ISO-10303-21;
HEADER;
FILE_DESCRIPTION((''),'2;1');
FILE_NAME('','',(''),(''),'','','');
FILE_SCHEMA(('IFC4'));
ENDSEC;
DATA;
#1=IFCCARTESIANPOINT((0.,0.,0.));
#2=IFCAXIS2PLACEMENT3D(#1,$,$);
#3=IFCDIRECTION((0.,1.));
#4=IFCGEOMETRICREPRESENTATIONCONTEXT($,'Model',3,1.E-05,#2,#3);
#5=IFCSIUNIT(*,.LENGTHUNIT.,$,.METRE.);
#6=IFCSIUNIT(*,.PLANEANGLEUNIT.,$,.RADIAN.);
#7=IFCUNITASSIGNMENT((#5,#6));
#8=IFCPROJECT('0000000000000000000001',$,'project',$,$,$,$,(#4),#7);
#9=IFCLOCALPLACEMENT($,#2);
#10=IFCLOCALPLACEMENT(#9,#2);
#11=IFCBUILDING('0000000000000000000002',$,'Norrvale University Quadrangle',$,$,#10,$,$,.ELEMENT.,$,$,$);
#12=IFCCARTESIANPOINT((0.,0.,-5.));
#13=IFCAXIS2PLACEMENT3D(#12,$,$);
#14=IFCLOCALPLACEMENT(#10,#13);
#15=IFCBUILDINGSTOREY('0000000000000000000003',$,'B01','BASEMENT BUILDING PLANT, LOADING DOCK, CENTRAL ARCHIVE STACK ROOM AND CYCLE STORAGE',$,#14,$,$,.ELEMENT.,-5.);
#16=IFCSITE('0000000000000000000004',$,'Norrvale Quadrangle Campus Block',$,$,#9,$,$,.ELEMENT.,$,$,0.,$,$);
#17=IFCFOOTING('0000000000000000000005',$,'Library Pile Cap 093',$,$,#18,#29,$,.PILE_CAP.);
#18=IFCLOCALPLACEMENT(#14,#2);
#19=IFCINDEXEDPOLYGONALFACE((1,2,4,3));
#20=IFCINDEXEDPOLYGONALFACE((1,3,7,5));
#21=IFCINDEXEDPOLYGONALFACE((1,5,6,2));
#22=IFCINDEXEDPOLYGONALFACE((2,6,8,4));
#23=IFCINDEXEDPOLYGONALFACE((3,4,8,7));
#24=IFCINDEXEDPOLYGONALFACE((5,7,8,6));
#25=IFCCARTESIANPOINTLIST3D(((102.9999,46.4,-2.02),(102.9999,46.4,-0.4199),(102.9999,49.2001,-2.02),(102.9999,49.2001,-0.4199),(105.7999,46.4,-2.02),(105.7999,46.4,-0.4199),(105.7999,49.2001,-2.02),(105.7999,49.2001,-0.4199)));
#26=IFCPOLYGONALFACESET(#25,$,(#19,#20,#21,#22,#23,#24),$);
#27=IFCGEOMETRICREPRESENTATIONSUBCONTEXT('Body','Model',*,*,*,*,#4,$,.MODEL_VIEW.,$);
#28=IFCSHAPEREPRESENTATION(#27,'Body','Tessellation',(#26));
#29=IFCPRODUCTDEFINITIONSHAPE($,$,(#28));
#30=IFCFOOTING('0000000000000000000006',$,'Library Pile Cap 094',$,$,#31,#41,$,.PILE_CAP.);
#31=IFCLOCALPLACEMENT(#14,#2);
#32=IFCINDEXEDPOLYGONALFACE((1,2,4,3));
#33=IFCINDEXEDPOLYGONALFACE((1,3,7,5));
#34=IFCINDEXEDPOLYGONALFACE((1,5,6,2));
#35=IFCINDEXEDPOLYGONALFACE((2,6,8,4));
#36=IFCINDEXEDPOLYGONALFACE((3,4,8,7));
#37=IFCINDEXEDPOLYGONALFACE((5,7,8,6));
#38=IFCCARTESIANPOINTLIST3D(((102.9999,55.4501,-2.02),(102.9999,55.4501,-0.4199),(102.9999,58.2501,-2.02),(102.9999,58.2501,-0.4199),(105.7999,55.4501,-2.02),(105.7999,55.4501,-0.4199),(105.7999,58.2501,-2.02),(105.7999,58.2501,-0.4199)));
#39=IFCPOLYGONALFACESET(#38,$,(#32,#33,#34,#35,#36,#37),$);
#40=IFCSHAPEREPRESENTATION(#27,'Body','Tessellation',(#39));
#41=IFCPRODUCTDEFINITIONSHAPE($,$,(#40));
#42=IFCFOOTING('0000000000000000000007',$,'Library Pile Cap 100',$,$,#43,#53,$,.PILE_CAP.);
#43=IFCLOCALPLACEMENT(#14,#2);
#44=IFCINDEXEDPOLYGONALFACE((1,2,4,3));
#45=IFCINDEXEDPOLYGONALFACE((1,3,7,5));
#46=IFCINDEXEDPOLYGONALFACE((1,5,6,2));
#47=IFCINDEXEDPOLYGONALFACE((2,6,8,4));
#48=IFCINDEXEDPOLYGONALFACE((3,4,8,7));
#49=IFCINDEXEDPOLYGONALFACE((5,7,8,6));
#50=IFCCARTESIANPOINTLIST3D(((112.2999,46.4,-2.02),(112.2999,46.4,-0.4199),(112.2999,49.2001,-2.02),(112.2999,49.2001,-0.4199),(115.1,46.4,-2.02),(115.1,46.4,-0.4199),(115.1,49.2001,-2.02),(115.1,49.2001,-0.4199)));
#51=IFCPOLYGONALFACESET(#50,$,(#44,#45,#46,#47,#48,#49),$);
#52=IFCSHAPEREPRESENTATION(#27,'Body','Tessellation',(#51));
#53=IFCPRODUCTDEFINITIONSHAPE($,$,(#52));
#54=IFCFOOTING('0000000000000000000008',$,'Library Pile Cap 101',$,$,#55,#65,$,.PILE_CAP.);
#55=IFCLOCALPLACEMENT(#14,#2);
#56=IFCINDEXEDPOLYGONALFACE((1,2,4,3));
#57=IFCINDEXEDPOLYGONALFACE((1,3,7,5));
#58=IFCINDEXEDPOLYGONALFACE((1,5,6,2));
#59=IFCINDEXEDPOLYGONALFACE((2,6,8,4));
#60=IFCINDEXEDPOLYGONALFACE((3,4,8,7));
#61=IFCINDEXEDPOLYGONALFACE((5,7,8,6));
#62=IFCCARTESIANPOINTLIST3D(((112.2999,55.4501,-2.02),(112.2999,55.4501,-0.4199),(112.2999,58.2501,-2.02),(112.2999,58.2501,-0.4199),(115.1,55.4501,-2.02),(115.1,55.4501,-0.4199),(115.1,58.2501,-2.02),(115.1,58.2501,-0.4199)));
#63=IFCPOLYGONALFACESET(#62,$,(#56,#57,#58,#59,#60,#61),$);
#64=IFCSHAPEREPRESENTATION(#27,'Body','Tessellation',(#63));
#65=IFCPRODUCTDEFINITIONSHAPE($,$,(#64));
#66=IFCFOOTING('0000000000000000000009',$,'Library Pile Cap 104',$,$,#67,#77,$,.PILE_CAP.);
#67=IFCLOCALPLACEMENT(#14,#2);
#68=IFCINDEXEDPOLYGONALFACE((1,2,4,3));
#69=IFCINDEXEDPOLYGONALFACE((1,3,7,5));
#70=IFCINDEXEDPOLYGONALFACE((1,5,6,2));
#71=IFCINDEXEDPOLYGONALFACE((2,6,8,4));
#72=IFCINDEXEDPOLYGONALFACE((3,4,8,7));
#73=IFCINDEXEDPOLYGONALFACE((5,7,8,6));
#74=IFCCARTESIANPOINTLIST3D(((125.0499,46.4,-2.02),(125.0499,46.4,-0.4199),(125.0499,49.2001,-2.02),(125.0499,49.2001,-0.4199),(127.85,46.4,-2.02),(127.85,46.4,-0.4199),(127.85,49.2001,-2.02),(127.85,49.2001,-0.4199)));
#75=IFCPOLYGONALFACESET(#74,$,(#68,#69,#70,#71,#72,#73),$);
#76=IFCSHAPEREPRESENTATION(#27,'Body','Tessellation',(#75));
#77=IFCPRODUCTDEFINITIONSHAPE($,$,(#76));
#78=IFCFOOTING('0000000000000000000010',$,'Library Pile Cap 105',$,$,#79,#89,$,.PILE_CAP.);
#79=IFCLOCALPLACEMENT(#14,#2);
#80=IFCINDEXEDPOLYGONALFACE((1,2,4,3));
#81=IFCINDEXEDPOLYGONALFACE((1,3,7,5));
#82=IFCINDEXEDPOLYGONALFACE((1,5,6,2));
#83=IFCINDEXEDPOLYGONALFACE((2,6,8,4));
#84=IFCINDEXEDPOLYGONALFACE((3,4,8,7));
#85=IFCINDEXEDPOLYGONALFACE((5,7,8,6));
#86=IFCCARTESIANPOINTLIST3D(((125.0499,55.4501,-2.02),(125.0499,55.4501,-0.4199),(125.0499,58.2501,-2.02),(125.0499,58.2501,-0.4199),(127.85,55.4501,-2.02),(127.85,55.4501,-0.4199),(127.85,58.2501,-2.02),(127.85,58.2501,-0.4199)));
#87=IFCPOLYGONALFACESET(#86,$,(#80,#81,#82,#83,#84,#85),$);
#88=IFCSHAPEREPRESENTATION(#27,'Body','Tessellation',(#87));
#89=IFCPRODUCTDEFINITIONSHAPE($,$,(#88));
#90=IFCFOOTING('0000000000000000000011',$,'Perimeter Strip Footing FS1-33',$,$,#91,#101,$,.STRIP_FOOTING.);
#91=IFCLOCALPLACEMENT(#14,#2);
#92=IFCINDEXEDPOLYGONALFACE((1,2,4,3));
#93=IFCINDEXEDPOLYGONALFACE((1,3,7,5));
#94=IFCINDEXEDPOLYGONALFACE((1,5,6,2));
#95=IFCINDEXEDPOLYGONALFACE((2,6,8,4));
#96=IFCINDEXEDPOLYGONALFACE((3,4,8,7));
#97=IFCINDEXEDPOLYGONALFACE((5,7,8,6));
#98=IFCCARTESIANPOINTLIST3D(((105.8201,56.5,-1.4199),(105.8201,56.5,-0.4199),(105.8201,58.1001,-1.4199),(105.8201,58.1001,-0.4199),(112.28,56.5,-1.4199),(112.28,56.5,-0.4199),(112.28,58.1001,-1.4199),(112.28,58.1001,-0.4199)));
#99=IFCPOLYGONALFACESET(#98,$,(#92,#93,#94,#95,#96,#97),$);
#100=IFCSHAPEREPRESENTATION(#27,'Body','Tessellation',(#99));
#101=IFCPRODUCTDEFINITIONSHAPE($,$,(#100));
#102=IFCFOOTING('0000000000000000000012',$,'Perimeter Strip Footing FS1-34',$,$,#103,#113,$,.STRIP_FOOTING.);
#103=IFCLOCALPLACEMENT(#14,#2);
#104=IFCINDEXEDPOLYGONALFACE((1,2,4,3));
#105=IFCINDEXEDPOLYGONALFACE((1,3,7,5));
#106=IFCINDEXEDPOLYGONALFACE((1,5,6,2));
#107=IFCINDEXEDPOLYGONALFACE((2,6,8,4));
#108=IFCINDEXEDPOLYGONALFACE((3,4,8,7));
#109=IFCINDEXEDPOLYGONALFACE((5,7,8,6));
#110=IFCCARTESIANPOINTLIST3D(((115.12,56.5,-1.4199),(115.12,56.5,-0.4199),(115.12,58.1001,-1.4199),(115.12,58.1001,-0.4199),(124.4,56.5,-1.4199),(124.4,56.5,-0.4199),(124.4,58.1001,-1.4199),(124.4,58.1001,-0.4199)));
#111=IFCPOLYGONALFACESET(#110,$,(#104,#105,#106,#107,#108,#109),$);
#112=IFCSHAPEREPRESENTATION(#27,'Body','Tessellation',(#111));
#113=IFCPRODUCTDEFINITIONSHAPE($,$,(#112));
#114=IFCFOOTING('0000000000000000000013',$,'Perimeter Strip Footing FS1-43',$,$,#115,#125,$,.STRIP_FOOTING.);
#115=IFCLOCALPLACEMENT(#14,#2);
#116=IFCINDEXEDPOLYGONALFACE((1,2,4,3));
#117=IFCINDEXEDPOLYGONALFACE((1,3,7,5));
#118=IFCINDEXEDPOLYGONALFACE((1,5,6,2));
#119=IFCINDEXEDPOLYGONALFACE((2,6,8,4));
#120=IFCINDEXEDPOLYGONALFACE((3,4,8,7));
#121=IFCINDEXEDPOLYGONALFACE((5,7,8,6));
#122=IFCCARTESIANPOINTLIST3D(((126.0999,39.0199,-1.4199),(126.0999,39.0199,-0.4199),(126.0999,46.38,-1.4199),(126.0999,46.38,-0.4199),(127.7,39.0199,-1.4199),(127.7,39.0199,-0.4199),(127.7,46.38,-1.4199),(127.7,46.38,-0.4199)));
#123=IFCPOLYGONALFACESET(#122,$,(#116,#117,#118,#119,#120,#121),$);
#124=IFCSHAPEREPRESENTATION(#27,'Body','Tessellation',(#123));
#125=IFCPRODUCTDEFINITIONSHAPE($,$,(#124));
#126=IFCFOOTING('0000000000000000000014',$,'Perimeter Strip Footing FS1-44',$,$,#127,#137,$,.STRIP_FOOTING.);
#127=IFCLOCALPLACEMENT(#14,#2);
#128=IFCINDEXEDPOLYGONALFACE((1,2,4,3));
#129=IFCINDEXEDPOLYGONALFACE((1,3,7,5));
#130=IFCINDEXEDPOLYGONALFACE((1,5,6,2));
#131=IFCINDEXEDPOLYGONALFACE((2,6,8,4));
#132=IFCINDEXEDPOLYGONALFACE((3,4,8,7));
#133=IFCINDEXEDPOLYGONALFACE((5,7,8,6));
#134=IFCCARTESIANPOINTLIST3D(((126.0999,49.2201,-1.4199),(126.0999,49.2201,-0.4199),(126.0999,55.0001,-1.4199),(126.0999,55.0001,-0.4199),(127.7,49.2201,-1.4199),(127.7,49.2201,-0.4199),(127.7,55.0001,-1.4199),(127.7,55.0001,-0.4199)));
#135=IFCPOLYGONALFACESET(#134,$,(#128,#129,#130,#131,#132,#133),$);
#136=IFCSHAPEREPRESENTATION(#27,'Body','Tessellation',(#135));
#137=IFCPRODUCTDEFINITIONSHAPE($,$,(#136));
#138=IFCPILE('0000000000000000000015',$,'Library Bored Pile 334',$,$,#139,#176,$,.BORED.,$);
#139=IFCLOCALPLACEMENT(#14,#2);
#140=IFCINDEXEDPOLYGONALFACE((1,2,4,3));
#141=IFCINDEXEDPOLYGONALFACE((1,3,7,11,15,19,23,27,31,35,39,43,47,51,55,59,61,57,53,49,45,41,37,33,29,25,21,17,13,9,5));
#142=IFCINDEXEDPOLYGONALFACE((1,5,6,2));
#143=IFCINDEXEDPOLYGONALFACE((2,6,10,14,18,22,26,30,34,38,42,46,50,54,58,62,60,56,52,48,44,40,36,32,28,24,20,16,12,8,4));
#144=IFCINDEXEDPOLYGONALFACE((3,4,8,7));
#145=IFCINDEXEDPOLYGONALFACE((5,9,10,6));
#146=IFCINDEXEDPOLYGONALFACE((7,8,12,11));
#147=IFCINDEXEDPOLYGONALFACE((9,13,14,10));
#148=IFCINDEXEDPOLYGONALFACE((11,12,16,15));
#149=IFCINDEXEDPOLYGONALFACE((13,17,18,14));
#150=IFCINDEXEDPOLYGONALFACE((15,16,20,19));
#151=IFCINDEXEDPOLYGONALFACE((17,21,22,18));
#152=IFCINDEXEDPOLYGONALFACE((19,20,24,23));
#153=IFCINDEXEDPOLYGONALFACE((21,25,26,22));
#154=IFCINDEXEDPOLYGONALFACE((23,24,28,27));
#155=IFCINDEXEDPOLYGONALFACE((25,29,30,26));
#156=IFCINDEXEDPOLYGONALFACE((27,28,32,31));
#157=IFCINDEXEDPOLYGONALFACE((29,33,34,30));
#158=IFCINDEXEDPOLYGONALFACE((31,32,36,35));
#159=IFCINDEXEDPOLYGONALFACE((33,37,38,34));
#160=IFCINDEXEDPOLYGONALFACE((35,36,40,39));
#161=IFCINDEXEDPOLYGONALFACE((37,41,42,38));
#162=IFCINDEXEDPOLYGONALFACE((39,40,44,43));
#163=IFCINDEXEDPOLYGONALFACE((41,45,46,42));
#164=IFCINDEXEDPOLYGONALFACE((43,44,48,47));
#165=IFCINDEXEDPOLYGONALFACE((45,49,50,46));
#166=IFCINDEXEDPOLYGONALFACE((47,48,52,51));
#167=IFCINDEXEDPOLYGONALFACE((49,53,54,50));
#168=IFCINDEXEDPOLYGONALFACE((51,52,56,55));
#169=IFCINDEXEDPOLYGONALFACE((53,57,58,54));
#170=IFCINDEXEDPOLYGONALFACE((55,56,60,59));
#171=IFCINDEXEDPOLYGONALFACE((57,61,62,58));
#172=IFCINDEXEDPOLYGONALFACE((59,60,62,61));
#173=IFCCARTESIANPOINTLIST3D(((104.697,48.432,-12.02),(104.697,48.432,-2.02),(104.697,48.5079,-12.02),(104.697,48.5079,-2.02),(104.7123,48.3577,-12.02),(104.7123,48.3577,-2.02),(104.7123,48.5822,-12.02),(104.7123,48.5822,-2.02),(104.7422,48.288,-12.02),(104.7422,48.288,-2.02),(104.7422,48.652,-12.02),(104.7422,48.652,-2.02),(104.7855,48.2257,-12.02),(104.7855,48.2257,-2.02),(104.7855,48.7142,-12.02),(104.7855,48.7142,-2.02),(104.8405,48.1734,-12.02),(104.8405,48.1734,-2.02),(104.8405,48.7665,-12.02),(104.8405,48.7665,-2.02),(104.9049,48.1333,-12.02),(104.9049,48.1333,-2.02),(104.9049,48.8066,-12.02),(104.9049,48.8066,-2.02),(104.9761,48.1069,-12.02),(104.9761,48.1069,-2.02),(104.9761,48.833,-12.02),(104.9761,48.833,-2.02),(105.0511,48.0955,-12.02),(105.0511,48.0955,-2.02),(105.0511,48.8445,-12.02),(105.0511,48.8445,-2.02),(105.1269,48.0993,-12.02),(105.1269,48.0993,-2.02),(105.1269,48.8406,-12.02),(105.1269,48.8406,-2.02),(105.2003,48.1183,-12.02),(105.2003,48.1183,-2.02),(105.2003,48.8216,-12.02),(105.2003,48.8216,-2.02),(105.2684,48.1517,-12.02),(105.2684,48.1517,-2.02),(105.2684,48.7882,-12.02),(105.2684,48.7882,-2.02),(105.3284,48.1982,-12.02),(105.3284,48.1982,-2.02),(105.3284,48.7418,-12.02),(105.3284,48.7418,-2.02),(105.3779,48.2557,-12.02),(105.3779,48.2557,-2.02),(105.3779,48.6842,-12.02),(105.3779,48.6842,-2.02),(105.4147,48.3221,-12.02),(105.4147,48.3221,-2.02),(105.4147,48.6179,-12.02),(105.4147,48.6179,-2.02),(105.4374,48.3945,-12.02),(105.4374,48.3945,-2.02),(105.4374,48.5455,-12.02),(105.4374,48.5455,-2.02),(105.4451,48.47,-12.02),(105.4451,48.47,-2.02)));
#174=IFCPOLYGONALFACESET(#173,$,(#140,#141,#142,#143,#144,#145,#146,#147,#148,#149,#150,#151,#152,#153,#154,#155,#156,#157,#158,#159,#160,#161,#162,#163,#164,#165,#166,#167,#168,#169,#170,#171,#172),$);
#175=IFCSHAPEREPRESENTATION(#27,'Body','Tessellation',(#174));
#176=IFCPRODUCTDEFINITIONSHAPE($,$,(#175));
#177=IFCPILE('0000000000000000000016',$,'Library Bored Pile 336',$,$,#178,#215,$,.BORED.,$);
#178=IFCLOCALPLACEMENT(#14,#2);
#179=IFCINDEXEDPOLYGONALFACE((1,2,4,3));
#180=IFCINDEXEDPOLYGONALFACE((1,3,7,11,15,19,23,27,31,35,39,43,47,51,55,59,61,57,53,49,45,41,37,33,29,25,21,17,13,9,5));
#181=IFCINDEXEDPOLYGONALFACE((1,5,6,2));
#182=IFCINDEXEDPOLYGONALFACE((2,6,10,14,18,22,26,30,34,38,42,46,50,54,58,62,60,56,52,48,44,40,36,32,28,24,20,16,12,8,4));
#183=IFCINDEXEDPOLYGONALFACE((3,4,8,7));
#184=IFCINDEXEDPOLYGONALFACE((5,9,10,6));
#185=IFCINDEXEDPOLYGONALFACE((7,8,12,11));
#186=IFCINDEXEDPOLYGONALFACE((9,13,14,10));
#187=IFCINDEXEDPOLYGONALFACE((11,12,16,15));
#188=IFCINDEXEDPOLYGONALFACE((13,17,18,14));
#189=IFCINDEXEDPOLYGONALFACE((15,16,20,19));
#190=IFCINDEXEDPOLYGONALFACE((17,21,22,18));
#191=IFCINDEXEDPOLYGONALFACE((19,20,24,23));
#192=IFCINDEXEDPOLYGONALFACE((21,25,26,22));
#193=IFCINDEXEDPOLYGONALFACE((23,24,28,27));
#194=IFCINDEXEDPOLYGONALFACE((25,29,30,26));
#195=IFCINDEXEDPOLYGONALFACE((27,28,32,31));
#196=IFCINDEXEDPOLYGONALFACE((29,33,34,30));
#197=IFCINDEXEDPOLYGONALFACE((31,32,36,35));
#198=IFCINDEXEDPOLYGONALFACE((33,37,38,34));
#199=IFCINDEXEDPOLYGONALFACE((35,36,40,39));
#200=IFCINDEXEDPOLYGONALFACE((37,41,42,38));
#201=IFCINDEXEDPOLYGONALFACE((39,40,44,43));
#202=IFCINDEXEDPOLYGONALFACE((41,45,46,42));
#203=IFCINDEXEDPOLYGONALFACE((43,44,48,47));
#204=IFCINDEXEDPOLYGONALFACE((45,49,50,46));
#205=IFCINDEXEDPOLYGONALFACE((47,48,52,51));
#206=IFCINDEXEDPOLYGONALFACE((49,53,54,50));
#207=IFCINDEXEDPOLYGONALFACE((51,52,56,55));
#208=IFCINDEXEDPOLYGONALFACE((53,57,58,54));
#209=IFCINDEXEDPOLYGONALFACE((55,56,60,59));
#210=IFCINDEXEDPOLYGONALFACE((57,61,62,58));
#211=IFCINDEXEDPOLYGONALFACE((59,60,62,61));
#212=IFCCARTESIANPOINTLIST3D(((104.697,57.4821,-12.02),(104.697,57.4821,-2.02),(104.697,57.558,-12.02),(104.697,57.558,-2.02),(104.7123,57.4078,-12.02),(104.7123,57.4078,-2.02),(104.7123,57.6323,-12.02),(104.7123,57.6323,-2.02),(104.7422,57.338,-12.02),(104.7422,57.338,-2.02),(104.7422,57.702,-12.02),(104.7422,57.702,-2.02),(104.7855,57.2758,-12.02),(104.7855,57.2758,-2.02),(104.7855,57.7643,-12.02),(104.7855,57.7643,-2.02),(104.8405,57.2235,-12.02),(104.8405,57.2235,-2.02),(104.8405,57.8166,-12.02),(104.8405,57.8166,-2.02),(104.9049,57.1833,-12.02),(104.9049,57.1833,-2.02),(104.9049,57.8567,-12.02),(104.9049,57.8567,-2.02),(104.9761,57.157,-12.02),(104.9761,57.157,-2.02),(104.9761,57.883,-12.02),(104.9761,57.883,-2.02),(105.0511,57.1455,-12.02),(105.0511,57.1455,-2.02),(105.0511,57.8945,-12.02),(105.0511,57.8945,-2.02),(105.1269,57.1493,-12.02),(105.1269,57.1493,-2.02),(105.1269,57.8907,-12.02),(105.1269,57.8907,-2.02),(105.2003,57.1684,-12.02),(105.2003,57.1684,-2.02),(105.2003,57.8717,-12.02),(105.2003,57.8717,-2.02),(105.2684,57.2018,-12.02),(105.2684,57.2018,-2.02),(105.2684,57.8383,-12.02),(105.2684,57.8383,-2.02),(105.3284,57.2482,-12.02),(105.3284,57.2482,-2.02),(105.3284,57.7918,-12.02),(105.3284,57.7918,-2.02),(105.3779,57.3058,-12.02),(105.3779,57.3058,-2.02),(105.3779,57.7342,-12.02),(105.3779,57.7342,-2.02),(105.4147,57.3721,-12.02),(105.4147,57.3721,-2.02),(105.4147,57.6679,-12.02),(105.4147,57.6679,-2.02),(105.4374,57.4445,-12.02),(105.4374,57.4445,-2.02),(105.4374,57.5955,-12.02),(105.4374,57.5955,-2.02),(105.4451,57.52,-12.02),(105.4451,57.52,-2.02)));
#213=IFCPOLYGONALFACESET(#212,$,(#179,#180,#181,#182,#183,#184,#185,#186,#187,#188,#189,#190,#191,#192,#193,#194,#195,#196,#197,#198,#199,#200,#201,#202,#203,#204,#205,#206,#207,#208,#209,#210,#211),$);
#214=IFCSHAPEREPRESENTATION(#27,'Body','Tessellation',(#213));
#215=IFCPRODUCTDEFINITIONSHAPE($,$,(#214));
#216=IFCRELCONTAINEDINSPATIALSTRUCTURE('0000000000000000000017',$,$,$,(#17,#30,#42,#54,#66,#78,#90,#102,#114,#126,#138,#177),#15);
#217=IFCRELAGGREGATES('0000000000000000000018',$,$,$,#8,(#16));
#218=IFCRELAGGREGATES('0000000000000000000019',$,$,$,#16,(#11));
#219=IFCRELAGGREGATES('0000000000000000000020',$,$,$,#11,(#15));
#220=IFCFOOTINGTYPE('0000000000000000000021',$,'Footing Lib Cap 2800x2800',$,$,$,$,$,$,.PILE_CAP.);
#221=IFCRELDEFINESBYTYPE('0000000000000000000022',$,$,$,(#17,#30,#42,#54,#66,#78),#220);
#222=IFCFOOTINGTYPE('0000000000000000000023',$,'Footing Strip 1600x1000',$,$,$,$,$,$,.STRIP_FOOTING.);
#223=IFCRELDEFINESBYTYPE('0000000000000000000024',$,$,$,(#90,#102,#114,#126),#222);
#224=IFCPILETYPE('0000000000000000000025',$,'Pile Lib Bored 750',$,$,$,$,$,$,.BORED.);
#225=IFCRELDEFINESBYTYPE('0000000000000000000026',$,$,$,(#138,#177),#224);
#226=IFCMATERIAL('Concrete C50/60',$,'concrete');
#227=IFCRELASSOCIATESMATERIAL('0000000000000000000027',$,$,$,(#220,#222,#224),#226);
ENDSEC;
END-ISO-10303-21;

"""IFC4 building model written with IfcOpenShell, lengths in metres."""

from ifc_helpers import new_model, si_unit, direction, frame, origin, origin_2d, place, context, subcontext, project, spatial, rectangle, circle, extrude, material, material_profile, profile_set, type_object, element, save


model = new_model("IFC4")

# Units and contexts
model_context = context("Model", 3, precision=1e-05, world=origin(), true_north=direction((0.0, 1.0)))
body_context = subcontext(model_context, "Body", "Model", "MODEL_VIEW")
ifc_project = project(units=[si_unit("LENGTHUNIT", "METRE"), si_unit("PLANEANGLEUNIT", "RADIAN")], contexts=[model_context])

# Site, building, storey
site_placement = place(None, origin())
site = spatial("IfcSite", under=ifc_project, at=site_placement, Name="Norrvale Quadrangle Campus Block", CompositionType="ELEMENT", RefElevation=0.0)
building_placement = place(site_placement, origin())
building = spatial("IfcBuilding", under=site, at=building_placement, Name="Norrvale University Quadrangle", CompositionType="ELEMENT")
storey_placement = place(building_placement, frame((0.0, 0.0, -5.0)))
storey = spatial("IfcBuildingStorey", under=building, at=storey_placement, Name="B01", Description="BASEMENT BUILDING PLANT, LOADING DOCK, CENTRAL ARCHIVE STACK ROOM AND CYCLE STORAGE", CompositionType="ELEMENT", Elevation=-5.0)

# Footings
ifc_material_1 = material(Name="Concrete C50/60", Category="concrete")
footing_type_1 = type_object("IfcFootingType", Name="Footing Lib Cap 2800x2800", PredefinedType="PILE_CAP", material=ifc_material_1)
for number, where, z_axis, x_axis, name in (
    (1, (104.3999, 47.8, -2.02), (0.0, 0.0, 1.0), (1.0, 0.0, 0.0), "Library Pile Cap 093"),
    (2, (104.3999, 56.8501, -2.02), (0.0, 0.0, 1.0), (1.0, 0.0, 0.0), "Library Pile Cap 094"),
    (3, (113.7, 47.8, -2.02), (0.0, 0.0, 1.0), (1.0, 0.0, 0.0), "Library Pile Cap 100"),
    (4, (113.7, 56.8501, -2.02), (0.0, 0.0, 1.0), (1.0, 0.0, 0.0), "Library Pile Cap 101"),
    (5, (126.45, 47.8, -2.02), (0.0, 0.0, 1.0), (1.0, 0.0, 0.0), "Library Pile Cap 104"),
    (6, (126.45, 56.8501, -2.02), (0.0, 0.0, 1.0), (1.0, 0.0, 0.0), "Library Pile Cap 105"),
):
    element("IfcFooting", number, at=place(storey_placement, frame(where, z_axis=z_axis, x_axis=x_axis)), inside=storey, type_object=footing_type_1, Name=name, PredefinedType="PILE_CAP", context=body_context, shape_type="SweptSolid", body=[
        extrude(rectangle(XDim=2.8, YDim=2.8, at=origin_2d()), origin(), (0.0, 0.0, 1.0), 1.6001),
    ])
footing_type_2 = type_object("IfcFootingType", Name="Footing Strip 1600x1000", PredefinedType="STRIP_FOOTING", material=ifc_material_1)
footing_1_placement = place(storey_placement, frame((109.05, 57.3, -1.4199), z_axis=(0.0, 0.0, 1.0), x_axis=(1.0, 0.0, 0.0)))
element("IfcFooting", 7, at=footing_1_placement, inside=storey, type_object=footing_type_2, Name="Perimeter Strip Footing FS1-33", PredefinedType="STRIP_FOOTING", context=body_context, shape_type="SweptSolid", body=[
    extrude(rectangle(XDim=6.46, YDim=1.6001, at=origin_2d()), origin(), (0.0, 0.0, 1.0), 1.0),
])
footing_2_placement = place(storey_placement, frame((119.76, 57.3, -1.4199), z_axis=(0.0, 0.0, 1.0), x_axis=(1.0, 0.0, 0.0)))
element("IfcFooting", 8, at=footing_2_placement, inside=storey, type_object=footing_type_2, Name="Perimeter Strip Footing FS1-34", PredefinedType="STRIP_FOOTING", context=body_context, shape_type="SweptSolid", body=[
    extrude(rectangle(XDim=9.28, YDim=1.6001, at=origin_2d()), origin(), (0.0, 0.0, 1.0), 1.0),
])
footing_3_placement = place(storey_placement, frame((126.8999, 42.7, -1.4199), z_axis=(0.0, 0.0, 1.0), x_axis=(0.0, 1.0, 0.0)))
element("IfcFooting", 9, at=footing_3_placement, inside=storey, type_object=footing_type_2, Name="Perimeter Strip Footing FS1-43", PredefinedType="STRIP_FOOTING", context=body_context, shape_type="SweptSolid", body=[
    extrude(rectangle(XDim=7.3601, YDim=1.6001, at=origin_2d()), origin(), (0.0, 0.0, 1.0), 1.0),
])
footing_4_placement = place(storey_placement, frame((126.8999, 52.1101, -1.4199), z_axis=(0.0, 0.0, 1.0), x_axis=(0.0, 1.0, 0.0)))
element("IfcFooting", 10, at=footing_4_placement, inside=storey, type_object=footing_type_2, Name="Perimeter Strip Footing FS1-44", PredefinedType="STRIP_FOOTING", context=body_context, shape_type="SweptSolid", body=[
    extrude(rectangle(XDim=5.78, YDim=1.6001, at=origin_2d()), origin(), (0.0, 0.0, 1.0), 1.0),
])

# Piles
ifc_material_profile_1 = material_profile(ifc_material_1, circle(Radius=0.375, at=origin_2d()), Name="Concrete C50/60")
ifc_profile_set_1 = profile_set([ifc_material_profile_1], Name="Concrete C50/60")
pile_type = type_object("IfcPileType", Name="Pile Lib Bored 750", PredefinedType="BORED", material=ifc_profile_set_1)
for number, where, z_axis, x_axis, name in (
    (11, (105.0701, 48.47, -2.02), (0.0, 0.0, -1.0), (1.0, 0.0, 0.0), "Library Bored Pile 334"),
    (12, (105.0701, 57.52, -2.02), (0.0, 0.0, -1.0), (1.0, 0.0, 0.0), "Library Bored Pile 336"),
):
    element("IfcPile", number, at=place(storey_placement, frame(where, z_axis=z_axis, x_axis=x_axis)), inside=storey, type_object=pile_type, Name=name, PredefinedType="BORED", context=body_context, shape_type="SweptSolid", body=[
        extrude(circle(Radius=0.375, at=origin_2d()), origin(), (0.0, 0.0, 1.0), 10.0),
    ])

save(model, "model.ifc")
